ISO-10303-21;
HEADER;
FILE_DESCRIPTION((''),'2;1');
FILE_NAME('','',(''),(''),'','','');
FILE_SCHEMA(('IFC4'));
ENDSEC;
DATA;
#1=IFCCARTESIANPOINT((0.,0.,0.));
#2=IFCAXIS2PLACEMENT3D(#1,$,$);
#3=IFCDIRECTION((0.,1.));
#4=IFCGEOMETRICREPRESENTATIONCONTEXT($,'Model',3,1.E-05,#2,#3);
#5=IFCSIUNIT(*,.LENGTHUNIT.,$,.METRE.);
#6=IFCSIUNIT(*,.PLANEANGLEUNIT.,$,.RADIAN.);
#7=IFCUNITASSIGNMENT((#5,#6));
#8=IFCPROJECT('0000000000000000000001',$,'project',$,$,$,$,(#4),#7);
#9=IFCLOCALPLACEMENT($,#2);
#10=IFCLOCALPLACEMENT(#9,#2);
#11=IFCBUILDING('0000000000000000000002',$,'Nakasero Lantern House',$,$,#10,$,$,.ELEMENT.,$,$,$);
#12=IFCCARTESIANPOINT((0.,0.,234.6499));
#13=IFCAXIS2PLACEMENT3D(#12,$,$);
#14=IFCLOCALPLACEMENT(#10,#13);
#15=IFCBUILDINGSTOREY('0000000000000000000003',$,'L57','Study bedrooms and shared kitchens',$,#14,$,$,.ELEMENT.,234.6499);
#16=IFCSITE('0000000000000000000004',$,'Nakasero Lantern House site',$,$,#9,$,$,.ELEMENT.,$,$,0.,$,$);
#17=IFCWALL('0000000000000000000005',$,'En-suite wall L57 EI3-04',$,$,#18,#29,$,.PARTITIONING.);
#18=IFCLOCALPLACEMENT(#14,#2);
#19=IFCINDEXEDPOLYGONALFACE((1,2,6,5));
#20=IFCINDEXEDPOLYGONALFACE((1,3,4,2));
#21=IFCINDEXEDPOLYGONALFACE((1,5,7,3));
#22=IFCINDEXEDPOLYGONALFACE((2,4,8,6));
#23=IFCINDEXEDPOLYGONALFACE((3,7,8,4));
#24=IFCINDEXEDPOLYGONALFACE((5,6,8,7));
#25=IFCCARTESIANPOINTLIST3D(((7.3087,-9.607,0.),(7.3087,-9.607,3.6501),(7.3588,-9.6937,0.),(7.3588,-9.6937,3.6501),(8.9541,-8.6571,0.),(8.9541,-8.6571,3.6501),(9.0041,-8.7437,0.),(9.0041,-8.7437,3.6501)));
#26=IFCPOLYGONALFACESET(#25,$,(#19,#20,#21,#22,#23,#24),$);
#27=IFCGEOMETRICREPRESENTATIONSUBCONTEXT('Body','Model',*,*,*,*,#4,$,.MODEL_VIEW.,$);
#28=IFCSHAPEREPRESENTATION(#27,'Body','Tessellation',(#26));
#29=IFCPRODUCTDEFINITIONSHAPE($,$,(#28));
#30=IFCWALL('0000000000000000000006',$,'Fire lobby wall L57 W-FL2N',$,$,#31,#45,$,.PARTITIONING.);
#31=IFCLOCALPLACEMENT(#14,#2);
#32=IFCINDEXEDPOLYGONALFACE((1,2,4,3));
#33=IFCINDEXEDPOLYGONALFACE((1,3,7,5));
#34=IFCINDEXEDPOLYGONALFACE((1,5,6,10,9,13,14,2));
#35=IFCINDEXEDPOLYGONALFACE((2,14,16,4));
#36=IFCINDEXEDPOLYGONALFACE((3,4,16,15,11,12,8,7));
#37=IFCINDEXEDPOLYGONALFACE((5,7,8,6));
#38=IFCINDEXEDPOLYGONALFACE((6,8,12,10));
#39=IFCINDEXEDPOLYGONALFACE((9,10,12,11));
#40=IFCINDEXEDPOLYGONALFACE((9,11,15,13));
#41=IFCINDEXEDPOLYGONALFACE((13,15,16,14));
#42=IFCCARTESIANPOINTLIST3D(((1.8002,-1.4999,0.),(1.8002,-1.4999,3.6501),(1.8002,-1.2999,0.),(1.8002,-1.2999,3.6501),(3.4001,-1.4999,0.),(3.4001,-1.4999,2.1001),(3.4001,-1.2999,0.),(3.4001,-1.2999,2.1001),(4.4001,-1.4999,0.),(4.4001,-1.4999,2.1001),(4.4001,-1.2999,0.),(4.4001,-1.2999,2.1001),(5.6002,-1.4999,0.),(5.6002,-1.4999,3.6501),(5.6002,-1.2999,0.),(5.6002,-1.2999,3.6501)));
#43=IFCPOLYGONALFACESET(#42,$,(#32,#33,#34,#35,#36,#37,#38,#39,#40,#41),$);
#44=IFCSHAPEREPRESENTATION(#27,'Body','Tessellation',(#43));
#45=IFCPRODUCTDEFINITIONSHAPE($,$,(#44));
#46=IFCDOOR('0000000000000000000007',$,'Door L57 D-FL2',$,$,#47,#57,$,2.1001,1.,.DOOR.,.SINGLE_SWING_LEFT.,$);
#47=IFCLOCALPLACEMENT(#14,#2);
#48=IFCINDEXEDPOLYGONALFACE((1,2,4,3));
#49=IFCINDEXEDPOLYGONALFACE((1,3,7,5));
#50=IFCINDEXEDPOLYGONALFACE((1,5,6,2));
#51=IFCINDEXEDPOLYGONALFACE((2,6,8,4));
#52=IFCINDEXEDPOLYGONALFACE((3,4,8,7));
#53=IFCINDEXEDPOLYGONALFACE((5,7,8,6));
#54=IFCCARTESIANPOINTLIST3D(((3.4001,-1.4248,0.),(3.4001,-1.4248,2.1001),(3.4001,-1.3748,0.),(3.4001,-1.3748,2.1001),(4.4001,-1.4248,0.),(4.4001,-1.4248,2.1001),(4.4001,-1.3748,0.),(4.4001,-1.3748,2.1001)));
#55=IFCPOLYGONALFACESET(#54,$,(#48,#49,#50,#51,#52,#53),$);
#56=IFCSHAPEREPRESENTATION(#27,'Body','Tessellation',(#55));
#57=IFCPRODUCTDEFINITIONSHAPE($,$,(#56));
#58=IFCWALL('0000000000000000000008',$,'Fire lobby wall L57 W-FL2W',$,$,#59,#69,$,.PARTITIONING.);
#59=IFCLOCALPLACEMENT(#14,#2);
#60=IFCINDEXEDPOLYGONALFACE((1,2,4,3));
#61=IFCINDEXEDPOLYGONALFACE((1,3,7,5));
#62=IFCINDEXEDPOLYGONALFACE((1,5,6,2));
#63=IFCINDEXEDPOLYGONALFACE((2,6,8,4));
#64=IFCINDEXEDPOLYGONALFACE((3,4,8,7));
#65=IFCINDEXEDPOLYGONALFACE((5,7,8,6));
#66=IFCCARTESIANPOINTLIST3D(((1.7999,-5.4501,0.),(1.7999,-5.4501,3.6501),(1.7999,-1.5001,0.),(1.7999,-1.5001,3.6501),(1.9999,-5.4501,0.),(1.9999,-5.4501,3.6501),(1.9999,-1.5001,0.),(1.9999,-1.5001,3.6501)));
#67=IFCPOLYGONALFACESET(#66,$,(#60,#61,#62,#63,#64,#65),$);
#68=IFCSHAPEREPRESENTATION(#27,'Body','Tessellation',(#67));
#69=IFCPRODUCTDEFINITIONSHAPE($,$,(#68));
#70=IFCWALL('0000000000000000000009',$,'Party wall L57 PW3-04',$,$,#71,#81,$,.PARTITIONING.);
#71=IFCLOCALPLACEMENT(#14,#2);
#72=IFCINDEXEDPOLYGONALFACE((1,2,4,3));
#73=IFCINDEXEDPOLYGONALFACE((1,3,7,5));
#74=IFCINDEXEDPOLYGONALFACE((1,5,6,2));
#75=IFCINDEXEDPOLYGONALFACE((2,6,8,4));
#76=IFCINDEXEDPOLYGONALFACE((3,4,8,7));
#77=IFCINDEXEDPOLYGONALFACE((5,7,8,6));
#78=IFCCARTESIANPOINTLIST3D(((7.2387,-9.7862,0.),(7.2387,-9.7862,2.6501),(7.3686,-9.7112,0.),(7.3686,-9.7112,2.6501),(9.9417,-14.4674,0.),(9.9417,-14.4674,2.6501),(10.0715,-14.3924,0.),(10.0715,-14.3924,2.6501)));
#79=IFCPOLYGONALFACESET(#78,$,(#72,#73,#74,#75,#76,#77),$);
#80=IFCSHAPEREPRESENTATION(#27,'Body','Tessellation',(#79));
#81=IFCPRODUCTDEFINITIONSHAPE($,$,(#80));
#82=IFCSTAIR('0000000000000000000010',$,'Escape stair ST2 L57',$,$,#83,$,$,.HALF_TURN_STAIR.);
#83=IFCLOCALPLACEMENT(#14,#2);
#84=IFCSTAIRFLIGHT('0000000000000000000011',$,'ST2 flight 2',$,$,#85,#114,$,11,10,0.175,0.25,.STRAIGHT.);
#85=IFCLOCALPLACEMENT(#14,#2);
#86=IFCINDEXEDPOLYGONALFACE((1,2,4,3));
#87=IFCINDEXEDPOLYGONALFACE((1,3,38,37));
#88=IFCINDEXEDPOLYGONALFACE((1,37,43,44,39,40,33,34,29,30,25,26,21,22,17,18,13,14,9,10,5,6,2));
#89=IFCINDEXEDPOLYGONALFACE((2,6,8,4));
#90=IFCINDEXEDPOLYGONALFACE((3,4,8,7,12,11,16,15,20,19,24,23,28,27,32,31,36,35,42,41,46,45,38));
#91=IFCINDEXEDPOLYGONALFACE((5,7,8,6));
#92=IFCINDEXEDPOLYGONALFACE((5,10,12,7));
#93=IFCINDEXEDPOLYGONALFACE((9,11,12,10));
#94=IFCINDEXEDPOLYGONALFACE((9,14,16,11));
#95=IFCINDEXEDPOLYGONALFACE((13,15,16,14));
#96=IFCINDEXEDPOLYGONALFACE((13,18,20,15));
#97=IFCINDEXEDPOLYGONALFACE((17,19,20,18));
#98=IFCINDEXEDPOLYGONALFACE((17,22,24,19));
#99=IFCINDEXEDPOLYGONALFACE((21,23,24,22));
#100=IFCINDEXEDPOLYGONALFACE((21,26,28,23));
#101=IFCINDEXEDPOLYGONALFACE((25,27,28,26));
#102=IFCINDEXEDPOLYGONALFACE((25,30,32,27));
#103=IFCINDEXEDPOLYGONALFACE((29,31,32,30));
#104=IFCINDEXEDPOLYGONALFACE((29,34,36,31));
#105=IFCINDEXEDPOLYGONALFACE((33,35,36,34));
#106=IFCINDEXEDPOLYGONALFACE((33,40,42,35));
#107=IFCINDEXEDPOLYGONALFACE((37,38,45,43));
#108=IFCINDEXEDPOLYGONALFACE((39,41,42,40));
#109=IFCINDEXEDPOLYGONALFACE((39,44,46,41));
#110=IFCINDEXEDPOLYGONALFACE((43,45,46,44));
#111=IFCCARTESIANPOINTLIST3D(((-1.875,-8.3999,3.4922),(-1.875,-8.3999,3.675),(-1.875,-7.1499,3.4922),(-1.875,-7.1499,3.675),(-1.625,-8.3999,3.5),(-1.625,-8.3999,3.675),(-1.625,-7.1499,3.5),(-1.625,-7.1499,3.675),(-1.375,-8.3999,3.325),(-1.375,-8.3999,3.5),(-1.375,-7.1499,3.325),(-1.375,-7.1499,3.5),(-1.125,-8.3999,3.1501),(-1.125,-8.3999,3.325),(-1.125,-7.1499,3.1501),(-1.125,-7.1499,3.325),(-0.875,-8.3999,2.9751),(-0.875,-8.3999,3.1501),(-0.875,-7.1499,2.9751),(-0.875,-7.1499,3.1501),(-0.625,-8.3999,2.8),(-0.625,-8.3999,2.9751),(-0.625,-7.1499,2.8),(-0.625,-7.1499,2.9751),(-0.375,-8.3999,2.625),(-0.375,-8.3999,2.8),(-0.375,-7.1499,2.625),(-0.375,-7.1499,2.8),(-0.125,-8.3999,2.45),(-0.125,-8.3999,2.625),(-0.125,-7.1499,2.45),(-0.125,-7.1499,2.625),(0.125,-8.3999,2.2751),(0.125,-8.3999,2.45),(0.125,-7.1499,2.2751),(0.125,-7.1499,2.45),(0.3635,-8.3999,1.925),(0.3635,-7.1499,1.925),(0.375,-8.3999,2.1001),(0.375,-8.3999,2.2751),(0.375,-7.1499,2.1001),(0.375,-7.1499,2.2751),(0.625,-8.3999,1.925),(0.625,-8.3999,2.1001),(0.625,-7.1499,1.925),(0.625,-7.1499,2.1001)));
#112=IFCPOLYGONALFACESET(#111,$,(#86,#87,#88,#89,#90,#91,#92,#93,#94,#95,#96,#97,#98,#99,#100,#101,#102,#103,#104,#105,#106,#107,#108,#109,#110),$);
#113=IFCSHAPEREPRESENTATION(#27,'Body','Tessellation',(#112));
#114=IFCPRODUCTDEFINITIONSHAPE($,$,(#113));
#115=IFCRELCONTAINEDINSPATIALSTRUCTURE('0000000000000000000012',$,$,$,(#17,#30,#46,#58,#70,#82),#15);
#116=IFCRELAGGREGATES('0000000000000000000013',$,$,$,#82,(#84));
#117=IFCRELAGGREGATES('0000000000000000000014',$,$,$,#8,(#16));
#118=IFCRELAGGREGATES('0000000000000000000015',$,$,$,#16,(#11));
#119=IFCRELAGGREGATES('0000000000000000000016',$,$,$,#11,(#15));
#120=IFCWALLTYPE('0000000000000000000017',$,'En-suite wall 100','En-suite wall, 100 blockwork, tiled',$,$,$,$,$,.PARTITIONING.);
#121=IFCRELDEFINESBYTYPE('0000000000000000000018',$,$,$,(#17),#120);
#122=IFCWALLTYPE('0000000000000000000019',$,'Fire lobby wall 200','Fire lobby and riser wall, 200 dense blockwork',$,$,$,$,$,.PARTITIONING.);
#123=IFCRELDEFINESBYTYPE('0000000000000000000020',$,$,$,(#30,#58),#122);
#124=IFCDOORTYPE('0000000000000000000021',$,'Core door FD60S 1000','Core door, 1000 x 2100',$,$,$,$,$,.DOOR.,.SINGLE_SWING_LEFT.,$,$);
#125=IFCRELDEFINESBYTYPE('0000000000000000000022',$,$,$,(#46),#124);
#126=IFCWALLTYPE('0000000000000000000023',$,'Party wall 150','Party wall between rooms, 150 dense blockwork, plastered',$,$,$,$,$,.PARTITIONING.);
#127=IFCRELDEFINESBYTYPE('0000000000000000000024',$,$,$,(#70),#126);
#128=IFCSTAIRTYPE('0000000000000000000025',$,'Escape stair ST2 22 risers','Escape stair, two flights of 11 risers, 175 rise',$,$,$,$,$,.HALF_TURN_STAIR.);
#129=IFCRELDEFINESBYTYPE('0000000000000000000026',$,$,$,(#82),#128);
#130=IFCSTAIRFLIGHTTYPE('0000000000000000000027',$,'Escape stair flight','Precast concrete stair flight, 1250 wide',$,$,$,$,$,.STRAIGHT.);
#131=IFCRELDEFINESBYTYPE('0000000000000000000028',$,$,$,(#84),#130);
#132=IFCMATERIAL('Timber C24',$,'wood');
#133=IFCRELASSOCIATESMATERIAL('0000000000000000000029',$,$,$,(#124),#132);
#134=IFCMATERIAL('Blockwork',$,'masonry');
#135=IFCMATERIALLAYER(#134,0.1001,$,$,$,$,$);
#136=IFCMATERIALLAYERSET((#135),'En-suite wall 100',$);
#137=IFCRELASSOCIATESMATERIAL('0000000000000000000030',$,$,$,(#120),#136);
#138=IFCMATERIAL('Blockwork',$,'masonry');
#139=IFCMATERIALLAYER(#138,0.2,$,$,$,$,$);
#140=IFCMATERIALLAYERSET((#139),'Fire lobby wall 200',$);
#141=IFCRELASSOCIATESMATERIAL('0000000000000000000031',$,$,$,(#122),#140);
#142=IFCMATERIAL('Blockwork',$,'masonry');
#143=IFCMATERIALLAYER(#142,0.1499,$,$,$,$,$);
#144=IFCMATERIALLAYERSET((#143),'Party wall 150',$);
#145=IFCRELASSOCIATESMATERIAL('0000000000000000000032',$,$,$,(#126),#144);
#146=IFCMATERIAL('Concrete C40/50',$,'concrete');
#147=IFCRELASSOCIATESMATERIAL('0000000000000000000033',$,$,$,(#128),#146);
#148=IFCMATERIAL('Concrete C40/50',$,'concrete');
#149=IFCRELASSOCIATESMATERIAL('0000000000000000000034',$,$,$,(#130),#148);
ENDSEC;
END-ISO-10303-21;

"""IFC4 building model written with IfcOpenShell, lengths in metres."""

from ifc_helpers import new_model, si_unit, direction, frame, frame_2d, origin, place, context, subcontext, project, spatial, polyline, rectangle, outline, extrude, material, layer, layer_set, type_object, element, fill, aggregate, save


model = new_model("IFC4")

# Units and contexts
model_context = context("Model", 3, precision=1e-05, world=origin(), true_north=direction((0.0, 1.0)))
body_context = subcontext(model_context, "Body", "Model", "MODEL_VIEW")
ifc_project = project(units=[si_unit("LENGTHUNIT", "METRE"), si_unit("PLANEANGLEUNIT", "RADIAN")], contexts=[model_context])

# Site, building, storey
site_placement = place(None, origin())
site = spatial("IfcSite", under=ifc_project, at=site_placement, Name="Nakasero Lantern House site", CompositionType="ELEMENT", RefElevation=0.0)
building_placement = place(site_placement, origin())
building = spatial("IfcBuilding", under=site, at=building_placement, Name="Nakasero Lantern House", CompositionType="ELEMENT")
storey_placement = place(building_placement, frame((0.0, 0.0, 234.6499)))
storey = spatial("IfcBuildingStorey", under=building, at=storey_placement, Name="L57", Description="Study bedrooms and shared kitchens", CompositionType="ELEMENT", Elevation=234.6499)

# Shared definitions
ifc_material_1 = material(Name="Timber C24", Category="wood")
door_type_1 = type_object("IfcDoorType", Name="Core door FD60S 1000", Description="Core door, 1000 x 2100", OperationType="SINGLE_SWING_LEFT", PredefinedType="DOOR", material=ifc_material_1)

# Wall
ifc_material_2 = material(Name="Blockwork", Category="masonry")
ifc_layer_1 = layer(ifc_material_2, 0.1001)
ifc_layer_set_1 = layer_set([ifc_layer_1], Name="En-suite wall 100")
wall_type_1 = type_object("IfcWallType", Name="En-suite wall 100", Description="En-suite wall, 100 blockwork, tiled", PredefinedType="PARTITIONING", material=ifc_layer_set_1)
wall_1_placement = place(storey_placement, frame((7.3337, -9.6504, 0.0), z_axis=(0.0, 0.0, 1.0), x_axis=(0.866012, 0.500023, 0.0)))
element("IfcWall", 1, at=wall_1_placement, inside=storey, type_object=wall_type_1, Name="En-suite wall L57 EI3-04", PredefinedType="PARTITIONING", context=body_context, shape_type="SweptSolid", body=[
    extrude(rectangle(XDim=1.8999, YDim=0.1001, at=frame_2d((0.95, 0.0))), origin(), (0.0, 0.0, 1.0), 3.6501),
])

# Wall, opening, door
ifc_material_3 = material(Name="Blockwork", Category="masonry")
ifc_layer_2 = layer(ifc_material_3, 0.2)
ifc_layer_set_2 = layer_set([ifc_layer_2], Name="Fire lobby wall 200")
wall_type_2 = type_object("IfcWallType", Name="Fire lobby wall 200", Description="Fire lobby and riser wall, 200 dense blockwork", PredefinedType="PARTITIONING", material=ifc_layer_set_2)
wall_2_placement = place(storey_placement, frame((5.6001, -1.3999, 0.0), z_axis=(0.0, 0.0, 1.0), x_axis=(-1.0, 0.0, 0.0)))
wall_2 = element("IfcWall", 2, at=wall_2_placement, inside=storey, type_object=wall_type_2, Name="Fire lobby wall L57 W-FL2N", PredefinedType="PARTITIONING", context=body_context, shape_type="SweptSolid", body=[
    extrude(rectangle(XDim=3.8, YDim=0.2, at=frame_2d((1.8999, 0.0))), origin(), (0.0, 0.0, 1.0), 3.6501),
])
opening_1_placement = place(wall_2_placement, frame((1.2, 0.0, 0.0)))
opening_1 = element("IfcOpeningElement", 3, at=opening_1_placement, cuts=wall_2, PredefinedType="OPENING", context=body_context, shape_type="SweptSolid", body=[
    extrude(rectangle(XDim=1.0, YDim=2.1001, at=frame_2d((0.5, 1.05))), frame((0.0, 0.1199, 0.0), z_axis=(0.0, -1.0, 0.0), x_axis=(1.0, 0.0, 0.0)), (0.0, 0.0, 1.0), 0.24),
])
door_1_placement = place(opening_1_placement, origin())
door_1 = element("IfcDoor", 4, at=door_1_placement, inside=storey, type_object=door_type_1, Name="Door L57 D-FL2", OperationType="SINGLE_SWING_LEFT", OverallHeight=2.1001, OverallWidth=1.0, PredefinedType="DOOR", context=body_context, shape_type="SweptSolid", body=[
    extrude(rectangle(XDim=1.0, YDim=2.1001, at=frame_2d((0.5, 1.05))), frame((0.0, 0.0249, 0.0), z_axis=(0.0, -1.0, 0.0), x_axis=(1.0, 0.0, 0.0)), (0.0, 0.0, 1.0), 0.05),
])
fill(opening_1, door_1)

# Walls
wall_3_placement = place(storey_placement, frame((1.8999, -1.5, 0.0), z_axis=(0.0, 0.0, 1.0), x_axis=(0.0, -1.0, 0.0)))
element("IfcWall", 5, at=wall_3_placement, inside=storey, type_object=wall_type_2, Name="Fire lobby wall L57 W-FL2W", PredefinedType="PARTITIONING", context=body_context, shape_type="SweptSolid", body=[
    extrude(rectangle(XDim=3.95, YDim=0.2, at=frame_2d((1.9751, 0.0))), origin(), (0.0, 0.0, 1.0), 3.6501),
])
ifc_material_4 = material(Name="Blockwork", Category="masonry")
ifc_layer_3 = layer(ifc_material_4, 0.1499)
ifc_layer_set_3 = layer_set([ifc_layer_3], Name="Party wall 150")
wall_type_3 = type_object("IfcWallType", Name="Party wall 150", Description="Party wall between rooms, 150 dense blockwork, plastered", PredefinedType="PARTITIONING", material=ifc_layer_set_3)
wall_4_placement = place(storey_placement, frame((7.3037, -9.7488, 0.0), z_axis=(0.0, 0.0, 1.0), x_axis=(0.50003, -0.866008, 0.0)))
element("IfcWall", 6, at=wall_4_placement, inside=storey, type_object=wall_type_3, Name="Party wall L57 PW3-04", PredefinedType="PARTITIONING", context=body_context, shape_type="SweptSolid", body=[
    extrude(rectangle(XDim=5.4055, YDim=0.1499, at=frame_2d((2.7026, 0.0))), origin(), (0.0, 0.0, 1.0), 2.6501),
])

# Stair, stair flight
ifc_material_5 = material(Name="Concrete C40/50", Category="concrete")
stair_type_1 = type_object("IfcStairType", Name="Escape stair ST2 22 risers", Description="Escape stair, two flights of 11 risers, 175 rise", PredefinedType="HALF_TURN_STAIR", material=ifc_material_5)
stair_1_placement = place(storey_placement, origin())
stair_1 = element("IfcStair", 7, at=stair_1_placement, inside=storey, type_object=stair_type_1, Name="Escape stair ST2 L57", PredefinedType="HALF_TURN_STAIR")
ifc_material_6 = material(Name="Concrete C40/50", Category="concrete")
stair_flight_type = type_object("IfcStairFlightType", Name="Escape stair flight", Description="Precast concrete stair flight, 1250 wide", PredefinedType="STRAIGHT", material=ifc_material_6)
stair_flight_placement = place(storey_placement, frame((0.625, -7.7749, 1.925), z_axis=(0.0, 0.0, 1.0), x_axis=(-1.0, 0.0, 0.0)))
stair_flight = element("IfcStairFlight", 8, at=stair_flight_placement, type_object=stair_flight_type, Name="ST2 flight 2", NumberOfRisers=11, NumberOfTreads=10, PredefinedType="STRAIGHT", RiserHeight=0.175, TreadLength=0.25, context=body_context, shape_type="SweptSolid", body=[
    extrude(outline(polyline([(0.0, 0.0), (0.0, 0.175), (0.25, 0.175), (0.25, 0.3501), (0.5, 0.3501), (0.5, 0.5249), (0.75, 0.5249), (0.75, 0.7), (1.0, 0.7), (1.0, 0.875), (1.25, 0.875), (1.25, 1.05), (1.5, 1.05), (1.5, 1.2251), (1.75, 1.2251), (1.75, 1.3999), (2.0, 1.3999), (2.0, 1.575), (2.25, 1.575), (2.25, 1.75), (2.5, 1.75), (2.5, 1.925), (2.5, 1.5671), (0.2615, 0.0), (0.0, 0.0)])), frame((0.0, 0.625, 0.0), z_axis=(0.0, -1.0, 0.0), x_axis=(1.0, 0.0, 0.0)), (0.0, 0.0, 1.0), 1.25),
])
aggregate(stair_1, [stair_flight])

save(model, "model.ifc")
